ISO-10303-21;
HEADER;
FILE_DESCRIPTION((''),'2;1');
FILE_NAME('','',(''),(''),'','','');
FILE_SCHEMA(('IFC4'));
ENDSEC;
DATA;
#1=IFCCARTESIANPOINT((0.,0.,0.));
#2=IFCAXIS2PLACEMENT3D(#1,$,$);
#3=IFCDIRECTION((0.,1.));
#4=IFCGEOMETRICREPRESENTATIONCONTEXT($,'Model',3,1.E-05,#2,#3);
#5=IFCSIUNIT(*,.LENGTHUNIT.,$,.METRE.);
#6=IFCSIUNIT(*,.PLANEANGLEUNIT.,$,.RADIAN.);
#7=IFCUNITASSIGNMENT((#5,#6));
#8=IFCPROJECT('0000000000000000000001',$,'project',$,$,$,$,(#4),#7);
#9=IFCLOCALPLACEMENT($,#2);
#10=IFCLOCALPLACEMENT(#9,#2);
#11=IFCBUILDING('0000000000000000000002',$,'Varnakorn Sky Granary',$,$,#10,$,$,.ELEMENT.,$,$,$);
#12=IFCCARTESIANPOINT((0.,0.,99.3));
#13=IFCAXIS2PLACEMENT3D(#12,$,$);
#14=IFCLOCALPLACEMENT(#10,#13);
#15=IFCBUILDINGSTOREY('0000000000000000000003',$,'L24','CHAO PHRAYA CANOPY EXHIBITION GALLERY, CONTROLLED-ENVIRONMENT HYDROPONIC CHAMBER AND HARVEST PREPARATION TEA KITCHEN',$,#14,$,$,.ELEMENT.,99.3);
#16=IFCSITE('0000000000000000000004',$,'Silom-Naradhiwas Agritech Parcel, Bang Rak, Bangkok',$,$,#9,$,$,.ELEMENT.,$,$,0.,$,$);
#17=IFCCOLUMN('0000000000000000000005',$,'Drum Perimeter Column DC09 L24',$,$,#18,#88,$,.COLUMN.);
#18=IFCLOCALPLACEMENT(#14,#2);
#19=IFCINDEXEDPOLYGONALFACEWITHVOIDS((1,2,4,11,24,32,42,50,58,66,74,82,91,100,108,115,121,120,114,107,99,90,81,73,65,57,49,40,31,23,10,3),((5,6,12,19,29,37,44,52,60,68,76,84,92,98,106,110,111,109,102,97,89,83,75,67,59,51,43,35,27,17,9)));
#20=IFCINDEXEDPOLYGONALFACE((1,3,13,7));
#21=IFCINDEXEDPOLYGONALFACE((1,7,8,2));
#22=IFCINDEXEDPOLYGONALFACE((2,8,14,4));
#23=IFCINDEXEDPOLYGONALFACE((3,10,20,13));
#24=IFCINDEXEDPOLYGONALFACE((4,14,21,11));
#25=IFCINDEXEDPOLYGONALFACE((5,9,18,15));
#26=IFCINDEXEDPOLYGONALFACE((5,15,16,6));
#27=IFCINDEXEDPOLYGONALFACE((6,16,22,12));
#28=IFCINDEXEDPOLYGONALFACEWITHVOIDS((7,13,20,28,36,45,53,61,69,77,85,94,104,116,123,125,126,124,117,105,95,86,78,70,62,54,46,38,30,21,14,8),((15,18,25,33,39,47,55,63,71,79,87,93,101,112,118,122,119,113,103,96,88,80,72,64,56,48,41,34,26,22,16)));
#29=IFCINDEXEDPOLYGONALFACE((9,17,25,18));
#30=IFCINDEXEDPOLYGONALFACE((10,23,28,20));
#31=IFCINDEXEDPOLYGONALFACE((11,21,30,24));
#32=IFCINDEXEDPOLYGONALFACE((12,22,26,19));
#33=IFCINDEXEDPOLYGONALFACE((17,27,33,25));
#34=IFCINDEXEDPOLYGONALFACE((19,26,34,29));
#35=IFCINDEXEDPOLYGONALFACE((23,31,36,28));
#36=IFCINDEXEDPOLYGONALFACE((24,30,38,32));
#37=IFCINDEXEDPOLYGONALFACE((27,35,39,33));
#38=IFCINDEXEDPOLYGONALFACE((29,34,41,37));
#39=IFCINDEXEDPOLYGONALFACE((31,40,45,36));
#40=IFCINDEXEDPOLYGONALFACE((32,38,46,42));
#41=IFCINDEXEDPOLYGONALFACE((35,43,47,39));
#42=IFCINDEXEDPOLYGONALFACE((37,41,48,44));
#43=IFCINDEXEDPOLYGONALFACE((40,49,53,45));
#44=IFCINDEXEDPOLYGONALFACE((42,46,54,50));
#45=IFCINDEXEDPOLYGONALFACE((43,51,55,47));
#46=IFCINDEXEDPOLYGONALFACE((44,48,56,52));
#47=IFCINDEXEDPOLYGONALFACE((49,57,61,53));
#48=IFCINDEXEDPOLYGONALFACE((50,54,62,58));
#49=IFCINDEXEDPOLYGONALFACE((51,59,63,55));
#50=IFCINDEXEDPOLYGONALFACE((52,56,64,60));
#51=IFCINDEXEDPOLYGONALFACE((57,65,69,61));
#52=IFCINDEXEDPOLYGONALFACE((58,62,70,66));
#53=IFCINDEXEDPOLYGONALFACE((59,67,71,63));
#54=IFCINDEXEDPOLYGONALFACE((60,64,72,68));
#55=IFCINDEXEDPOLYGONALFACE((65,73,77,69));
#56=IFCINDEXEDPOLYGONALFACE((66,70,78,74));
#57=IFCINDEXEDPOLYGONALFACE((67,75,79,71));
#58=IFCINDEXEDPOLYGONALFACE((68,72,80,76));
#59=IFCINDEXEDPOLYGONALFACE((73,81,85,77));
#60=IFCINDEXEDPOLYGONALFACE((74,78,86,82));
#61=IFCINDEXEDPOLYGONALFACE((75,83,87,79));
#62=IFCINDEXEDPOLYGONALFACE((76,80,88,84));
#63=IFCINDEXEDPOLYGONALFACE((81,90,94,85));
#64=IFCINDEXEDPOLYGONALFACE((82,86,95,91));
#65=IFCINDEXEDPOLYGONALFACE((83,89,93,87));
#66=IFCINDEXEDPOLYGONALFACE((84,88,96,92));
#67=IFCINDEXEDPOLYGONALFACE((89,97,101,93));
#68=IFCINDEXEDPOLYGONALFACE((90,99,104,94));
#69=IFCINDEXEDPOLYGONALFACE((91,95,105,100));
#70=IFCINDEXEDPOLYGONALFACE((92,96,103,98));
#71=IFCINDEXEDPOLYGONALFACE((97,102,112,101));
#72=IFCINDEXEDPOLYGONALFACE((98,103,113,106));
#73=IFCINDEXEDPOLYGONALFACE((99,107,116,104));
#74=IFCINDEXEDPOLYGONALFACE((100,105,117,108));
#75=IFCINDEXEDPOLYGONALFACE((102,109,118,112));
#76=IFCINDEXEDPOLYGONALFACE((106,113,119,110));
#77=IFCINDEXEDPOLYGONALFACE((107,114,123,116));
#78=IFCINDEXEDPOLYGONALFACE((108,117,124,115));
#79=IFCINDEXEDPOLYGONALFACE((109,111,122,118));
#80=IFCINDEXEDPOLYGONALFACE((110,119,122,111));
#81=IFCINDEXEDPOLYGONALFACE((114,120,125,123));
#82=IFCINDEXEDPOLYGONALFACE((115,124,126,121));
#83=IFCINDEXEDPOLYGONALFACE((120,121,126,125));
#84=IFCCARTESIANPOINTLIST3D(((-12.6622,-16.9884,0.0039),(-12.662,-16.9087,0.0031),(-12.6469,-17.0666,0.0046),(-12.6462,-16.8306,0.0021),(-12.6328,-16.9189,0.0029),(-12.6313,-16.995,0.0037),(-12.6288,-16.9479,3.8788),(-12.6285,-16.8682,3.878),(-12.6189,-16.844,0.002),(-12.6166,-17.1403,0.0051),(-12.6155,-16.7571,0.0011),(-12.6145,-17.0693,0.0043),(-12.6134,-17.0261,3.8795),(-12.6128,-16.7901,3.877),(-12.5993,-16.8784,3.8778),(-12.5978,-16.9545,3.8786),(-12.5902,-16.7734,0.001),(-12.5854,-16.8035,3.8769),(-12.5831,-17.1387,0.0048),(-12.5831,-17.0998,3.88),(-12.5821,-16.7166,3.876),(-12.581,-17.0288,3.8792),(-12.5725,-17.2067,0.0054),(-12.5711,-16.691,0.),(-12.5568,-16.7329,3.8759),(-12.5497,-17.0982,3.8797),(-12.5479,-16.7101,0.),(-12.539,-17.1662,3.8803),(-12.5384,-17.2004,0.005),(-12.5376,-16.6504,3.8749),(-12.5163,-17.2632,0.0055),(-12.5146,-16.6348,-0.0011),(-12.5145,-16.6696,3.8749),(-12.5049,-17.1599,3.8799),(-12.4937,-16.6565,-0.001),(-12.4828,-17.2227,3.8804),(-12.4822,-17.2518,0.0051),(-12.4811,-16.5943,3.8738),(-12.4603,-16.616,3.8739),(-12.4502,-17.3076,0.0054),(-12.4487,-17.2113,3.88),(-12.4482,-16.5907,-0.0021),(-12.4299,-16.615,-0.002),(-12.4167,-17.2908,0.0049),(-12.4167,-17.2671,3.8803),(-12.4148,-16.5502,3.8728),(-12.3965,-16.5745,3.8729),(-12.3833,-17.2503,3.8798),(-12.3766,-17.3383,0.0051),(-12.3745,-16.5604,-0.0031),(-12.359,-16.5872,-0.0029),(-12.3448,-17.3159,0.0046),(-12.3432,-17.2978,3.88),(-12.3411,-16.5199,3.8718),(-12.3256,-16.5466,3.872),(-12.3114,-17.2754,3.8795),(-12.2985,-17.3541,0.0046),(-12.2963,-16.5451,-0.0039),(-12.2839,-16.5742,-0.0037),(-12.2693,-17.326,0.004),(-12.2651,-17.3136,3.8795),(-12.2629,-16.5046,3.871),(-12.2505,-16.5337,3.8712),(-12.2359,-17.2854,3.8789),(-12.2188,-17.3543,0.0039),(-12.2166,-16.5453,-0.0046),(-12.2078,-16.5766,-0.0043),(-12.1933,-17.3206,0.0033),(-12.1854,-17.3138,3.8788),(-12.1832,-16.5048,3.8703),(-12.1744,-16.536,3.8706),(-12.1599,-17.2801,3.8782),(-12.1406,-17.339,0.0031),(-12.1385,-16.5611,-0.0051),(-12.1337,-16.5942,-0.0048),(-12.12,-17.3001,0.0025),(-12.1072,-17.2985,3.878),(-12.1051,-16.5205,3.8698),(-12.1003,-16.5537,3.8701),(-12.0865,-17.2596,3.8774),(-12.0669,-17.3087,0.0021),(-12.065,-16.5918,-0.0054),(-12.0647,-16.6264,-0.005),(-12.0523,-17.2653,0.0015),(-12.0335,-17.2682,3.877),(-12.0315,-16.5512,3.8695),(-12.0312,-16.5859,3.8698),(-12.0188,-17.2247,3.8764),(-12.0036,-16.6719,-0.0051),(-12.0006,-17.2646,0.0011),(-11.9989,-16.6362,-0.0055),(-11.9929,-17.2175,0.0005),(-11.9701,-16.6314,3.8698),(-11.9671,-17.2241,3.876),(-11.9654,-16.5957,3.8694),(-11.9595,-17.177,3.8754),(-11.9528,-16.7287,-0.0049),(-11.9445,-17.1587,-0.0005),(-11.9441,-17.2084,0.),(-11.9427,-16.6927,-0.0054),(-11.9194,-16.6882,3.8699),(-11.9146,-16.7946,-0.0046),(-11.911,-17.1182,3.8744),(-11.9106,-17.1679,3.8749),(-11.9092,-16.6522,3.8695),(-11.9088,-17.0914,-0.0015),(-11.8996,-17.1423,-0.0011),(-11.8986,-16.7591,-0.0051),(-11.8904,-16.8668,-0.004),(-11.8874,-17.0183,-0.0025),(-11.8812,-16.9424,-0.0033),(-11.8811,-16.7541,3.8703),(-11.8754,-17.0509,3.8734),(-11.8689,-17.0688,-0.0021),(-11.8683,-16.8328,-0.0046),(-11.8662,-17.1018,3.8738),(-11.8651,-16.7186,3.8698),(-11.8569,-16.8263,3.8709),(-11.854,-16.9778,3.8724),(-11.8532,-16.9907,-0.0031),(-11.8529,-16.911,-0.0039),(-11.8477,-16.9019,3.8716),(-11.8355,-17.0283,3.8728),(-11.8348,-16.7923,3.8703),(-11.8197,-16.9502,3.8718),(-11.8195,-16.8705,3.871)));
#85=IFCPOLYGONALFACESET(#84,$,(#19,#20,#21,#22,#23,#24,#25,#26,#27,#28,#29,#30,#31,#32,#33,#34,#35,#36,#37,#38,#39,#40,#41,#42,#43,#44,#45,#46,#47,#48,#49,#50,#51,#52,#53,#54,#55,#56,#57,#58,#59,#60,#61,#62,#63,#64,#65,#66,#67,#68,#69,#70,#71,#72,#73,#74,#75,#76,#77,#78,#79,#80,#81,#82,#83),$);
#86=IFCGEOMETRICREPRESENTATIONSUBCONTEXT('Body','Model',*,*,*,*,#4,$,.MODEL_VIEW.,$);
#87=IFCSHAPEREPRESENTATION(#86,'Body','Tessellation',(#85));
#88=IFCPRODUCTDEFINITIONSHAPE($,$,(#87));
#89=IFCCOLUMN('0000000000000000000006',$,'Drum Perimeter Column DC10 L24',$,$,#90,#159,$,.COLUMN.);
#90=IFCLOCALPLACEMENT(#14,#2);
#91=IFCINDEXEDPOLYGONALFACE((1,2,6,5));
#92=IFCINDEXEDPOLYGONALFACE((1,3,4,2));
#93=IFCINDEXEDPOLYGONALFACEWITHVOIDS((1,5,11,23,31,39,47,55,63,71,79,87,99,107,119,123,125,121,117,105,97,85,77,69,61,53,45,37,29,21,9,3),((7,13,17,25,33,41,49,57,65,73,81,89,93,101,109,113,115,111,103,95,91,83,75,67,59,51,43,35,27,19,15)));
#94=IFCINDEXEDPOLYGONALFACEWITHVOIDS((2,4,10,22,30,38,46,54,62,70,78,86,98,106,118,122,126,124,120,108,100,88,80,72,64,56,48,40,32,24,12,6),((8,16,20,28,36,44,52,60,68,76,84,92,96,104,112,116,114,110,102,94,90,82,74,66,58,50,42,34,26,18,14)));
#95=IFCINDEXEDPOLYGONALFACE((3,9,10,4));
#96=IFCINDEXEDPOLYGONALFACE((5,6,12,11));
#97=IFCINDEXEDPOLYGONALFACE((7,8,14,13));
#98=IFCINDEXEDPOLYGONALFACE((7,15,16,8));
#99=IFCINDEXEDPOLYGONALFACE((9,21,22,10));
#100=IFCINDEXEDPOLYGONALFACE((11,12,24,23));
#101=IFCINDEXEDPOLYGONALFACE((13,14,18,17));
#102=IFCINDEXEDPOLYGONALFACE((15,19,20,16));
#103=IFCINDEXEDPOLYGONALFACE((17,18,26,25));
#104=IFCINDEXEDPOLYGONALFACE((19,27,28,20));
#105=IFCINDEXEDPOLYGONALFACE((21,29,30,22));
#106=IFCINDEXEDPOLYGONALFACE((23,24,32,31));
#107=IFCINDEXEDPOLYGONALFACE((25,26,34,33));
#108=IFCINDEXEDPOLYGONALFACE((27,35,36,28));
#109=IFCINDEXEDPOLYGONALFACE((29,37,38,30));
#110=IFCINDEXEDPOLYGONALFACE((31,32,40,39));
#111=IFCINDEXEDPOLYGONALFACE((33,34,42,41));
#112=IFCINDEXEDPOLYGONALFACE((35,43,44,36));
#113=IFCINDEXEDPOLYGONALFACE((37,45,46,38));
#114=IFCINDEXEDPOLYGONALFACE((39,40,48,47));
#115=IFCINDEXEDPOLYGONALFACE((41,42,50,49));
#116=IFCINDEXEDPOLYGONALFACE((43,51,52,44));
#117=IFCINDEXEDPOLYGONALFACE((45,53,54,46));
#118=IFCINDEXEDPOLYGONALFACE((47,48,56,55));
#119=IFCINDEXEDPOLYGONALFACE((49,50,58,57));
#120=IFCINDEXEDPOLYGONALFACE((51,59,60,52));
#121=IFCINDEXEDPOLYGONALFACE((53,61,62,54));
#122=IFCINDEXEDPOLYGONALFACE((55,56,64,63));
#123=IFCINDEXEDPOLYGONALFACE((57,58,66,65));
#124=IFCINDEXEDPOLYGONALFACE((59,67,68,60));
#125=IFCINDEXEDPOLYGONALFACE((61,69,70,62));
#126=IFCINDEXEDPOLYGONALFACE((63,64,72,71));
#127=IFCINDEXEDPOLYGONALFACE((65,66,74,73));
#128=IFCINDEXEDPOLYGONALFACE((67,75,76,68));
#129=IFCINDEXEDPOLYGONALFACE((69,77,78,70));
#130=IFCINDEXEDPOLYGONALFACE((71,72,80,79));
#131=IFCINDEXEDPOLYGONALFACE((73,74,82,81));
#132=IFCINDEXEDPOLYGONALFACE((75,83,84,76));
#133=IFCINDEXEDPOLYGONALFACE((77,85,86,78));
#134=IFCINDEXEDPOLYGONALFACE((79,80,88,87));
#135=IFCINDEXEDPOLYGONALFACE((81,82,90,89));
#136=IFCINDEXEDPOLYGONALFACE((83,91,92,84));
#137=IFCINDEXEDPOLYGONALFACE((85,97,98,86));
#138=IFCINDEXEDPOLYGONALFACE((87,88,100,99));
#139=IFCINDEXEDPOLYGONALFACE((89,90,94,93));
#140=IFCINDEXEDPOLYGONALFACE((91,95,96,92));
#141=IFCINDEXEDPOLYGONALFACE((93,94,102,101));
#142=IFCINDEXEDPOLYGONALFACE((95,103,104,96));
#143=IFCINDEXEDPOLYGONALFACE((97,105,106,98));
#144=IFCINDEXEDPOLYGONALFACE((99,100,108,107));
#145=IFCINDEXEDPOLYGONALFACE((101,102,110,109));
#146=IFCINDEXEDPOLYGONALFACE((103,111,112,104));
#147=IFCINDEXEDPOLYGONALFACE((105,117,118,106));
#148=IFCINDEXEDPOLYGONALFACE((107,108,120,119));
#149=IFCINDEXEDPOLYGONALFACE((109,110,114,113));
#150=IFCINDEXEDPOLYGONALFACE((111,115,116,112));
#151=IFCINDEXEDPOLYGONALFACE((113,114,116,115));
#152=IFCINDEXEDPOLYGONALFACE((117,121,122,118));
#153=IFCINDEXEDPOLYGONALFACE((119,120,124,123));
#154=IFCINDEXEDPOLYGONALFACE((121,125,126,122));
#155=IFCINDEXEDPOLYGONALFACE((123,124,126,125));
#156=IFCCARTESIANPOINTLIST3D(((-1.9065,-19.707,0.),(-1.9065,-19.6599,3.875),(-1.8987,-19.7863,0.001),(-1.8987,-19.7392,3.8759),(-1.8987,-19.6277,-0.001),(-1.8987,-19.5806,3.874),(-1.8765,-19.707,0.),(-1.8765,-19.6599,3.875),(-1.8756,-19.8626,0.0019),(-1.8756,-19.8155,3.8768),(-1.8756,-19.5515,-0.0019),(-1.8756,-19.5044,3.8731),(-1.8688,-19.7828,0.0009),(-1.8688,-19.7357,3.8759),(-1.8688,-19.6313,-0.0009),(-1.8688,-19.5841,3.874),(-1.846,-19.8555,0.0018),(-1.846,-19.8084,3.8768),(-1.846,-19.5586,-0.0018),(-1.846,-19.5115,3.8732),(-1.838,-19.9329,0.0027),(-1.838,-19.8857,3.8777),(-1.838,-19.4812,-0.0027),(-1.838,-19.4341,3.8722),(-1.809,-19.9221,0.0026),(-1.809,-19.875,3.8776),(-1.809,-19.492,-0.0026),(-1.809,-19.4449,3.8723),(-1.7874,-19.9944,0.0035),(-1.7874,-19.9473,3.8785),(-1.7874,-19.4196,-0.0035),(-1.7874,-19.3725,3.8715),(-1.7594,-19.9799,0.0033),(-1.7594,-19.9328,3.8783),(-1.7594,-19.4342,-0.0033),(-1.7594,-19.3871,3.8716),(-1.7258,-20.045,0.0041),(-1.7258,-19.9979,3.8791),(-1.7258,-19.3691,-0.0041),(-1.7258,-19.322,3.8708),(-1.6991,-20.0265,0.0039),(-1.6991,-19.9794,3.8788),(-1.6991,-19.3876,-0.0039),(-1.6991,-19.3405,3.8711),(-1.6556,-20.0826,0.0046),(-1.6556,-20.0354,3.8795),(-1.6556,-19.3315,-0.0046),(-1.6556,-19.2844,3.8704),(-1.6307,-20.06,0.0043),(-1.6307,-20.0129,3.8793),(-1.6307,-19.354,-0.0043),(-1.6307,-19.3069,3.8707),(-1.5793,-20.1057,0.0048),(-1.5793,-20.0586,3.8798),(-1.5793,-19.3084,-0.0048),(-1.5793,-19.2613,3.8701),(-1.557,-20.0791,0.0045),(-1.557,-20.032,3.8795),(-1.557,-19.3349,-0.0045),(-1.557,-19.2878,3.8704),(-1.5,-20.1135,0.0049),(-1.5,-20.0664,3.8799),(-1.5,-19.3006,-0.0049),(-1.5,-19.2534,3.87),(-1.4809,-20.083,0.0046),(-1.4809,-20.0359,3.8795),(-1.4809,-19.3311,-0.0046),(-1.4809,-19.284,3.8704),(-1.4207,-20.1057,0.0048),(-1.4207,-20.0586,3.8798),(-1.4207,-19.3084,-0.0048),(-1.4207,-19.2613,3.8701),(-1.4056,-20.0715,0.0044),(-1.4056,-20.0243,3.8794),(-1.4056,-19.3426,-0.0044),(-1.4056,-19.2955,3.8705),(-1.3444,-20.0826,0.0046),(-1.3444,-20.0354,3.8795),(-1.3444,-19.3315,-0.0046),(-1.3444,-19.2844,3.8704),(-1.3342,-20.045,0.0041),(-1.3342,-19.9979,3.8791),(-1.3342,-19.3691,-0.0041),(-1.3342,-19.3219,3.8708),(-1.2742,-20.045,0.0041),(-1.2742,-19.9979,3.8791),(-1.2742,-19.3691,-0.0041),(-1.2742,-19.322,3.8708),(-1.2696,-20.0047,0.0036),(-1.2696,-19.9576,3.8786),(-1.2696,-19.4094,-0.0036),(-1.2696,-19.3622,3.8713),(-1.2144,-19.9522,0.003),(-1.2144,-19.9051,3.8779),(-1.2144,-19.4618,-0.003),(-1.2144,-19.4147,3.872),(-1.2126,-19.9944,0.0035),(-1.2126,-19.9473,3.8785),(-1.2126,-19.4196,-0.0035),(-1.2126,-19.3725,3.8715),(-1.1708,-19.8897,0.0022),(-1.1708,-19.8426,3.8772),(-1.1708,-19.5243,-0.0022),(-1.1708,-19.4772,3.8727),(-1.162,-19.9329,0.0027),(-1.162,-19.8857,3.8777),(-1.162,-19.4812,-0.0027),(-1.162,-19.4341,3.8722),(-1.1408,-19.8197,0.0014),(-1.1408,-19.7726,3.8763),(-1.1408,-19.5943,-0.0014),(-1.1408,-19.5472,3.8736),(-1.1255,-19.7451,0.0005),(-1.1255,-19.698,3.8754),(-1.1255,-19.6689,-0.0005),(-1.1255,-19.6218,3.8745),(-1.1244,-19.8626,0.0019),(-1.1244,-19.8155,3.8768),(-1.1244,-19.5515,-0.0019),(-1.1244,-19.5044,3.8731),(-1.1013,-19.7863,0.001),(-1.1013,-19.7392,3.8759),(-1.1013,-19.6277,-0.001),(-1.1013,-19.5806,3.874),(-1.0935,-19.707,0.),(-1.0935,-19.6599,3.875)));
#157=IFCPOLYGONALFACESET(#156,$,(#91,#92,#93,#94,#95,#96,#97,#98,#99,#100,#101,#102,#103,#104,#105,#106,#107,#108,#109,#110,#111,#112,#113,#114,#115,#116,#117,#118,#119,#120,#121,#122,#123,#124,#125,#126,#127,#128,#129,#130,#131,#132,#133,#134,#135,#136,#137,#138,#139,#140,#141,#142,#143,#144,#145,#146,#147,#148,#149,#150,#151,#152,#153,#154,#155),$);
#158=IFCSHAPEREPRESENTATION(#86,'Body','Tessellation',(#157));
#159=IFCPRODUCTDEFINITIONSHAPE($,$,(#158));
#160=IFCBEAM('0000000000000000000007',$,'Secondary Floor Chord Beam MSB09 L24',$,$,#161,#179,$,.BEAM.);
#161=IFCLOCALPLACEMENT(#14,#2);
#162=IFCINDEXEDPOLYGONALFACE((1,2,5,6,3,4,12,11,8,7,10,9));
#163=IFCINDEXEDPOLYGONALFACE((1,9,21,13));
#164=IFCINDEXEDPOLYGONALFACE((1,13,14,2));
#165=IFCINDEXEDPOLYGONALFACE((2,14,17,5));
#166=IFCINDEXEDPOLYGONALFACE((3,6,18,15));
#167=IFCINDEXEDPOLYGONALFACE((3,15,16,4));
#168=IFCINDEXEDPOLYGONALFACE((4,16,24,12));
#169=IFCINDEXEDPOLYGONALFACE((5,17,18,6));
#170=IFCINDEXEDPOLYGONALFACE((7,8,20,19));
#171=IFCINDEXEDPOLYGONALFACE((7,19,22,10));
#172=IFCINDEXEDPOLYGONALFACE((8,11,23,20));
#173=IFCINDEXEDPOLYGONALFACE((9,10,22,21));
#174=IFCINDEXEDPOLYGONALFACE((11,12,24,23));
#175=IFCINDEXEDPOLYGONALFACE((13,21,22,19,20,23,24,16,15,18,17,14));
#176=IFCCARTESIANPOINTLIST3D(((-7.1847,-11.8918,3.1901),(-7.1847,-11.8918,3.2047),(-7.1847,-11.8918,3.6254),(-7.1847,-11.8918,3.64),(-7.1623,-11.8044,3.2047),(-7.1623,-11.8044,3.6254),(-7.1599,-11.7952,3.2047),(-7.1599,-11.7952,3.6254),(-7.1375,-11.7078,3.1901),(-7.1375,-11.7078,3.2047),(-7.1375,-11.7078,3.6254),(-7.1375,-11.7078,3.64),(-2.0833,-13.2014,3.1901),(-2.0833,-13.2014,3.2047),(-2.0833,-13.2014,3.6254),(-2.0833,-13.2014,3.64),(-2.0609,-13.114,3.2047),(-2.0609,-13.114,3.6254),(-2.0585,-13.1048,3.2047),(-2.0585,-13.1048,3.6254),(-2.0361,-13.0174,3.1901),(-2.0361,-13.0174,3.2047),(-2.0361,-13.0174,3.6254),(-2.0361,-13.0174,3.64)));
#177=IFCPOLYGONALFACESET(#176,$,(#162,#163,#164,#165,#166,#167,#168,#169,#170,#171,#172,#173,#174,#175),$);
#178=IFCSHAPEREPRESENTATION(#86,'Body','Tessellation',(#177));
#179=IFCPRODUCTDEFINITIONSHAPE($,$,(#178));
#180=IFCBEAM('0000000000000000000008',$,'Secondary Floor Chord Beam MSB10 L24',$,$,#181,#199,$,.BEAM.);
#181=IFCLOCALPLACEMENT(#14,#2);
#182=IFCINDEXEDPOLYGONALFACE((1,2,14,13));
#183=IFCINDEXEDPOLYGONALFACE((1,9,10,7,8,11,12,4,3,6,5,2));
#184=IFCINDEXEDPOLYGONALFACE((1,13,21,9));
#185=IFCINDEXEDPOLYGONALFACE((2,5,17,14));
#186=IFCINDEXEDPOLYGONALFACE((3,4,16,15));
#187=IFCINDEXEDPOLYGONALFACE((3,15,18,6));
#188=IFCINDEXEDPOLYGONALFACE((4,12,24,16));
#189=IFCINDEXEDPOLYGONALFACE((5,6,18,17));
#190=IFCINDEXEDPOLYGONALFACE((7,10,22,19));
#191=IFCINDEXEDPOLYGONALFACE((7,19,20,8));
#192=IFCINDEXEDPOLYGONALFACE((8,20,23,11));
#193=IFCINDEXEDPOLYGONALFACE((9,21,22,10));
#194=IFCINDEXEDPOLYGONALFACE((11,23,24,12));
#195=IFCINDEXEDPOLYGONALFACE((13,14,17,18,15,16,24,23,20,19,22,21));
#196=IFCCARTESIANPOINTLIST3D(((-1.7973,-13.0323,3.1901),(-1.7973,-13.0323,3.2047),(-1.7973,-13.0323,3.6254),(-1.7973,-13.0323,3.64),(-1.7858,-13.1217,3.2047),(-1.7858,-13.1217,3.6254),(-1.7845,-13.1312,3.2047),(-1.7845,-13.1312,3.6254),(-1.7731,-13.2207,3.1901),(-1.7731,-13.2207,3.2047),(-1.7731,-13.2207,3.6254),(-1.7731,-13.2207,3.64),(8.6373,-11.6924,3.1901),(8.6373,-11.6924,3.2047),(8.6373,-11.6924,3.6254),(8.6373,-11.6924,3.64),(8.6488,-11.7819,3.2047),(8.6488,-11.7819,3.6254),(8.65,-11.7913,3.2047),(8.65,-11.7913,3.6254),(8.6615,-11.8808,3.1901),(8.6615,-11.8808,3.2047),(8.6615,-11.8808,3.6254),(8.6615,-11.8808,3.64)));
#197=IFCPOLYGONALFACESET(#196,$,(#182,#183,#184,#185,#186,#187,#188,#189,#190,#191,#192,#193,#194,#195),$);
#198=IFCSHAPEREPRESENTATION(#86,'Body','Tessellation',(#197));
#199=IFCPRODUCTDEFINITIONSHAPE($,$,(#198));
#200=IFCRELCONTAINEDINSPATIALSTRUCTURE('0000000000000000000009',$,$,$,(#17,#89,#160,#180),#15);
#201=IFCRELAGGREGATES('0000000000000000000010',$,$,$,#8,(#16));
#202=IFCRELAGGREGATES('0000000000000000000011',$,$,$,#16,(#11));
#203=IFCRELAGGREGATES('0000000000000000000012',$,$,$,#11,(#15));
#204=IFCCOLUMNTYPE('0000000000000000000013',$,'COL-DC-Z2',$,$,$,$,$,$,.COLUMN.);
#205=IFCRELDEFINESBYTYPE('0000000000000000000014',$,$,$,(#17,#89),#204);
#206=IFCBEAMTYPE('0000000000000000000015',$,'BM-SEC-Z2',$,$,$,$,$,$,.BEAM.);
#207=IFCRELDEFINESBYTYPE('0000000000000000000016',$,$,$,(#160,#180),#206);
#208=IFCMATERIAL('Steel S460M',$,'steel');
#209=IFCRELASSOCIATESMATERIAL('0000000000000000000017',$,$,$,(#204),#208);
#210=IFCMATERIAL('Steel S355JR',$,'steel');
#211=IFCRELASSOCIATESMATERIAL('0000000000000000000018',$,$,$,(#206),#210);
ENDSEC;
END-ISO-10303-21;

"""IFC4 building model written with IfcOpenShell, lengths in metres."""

from ifc_helpers import new_model, si_unit, direction, frame, origin, origin_2d, place, context, subcontext, project, spatial, hollow_circle, i_section, extrude, material, material_profile, profile_set, type_object, element, save


model = new_model("IFC4")

# Units and contexts
model_context = context("Model", 3, precision=1e-05, world=origin(), true_north=direction((0.0, 1.0)))
body_context = subcontext(model_context, "Body", "Model", "MODEL_VIEW")
ifc_project = project(units=[si_unit("LENGTHUNIT", "METRE"), si_unit("PLANEANGLEUNIT", "RADIAN")], contexts=[model_context])

# Site, building, storey
site_placement = place(None, origin())
site = spatial("IfcSite", under=ifc_project, at=site_placement, Name="Silom-Naradhiwas Agritech Parcel, Bang Rak, Bangkok", CompositionType="ELEMENT", RefElevation=0.0)
building_placement = place(site_placement, origin())
building = spatial("IfcBuilding", under=site, at=building_placement, Name="Varnakorn Sky Granary", CompositionType="ELEMENT")
storey_placement = place(building_placement, frame((0.0, 0.0, 99.3)))
storey = spatial("IfcBuildingStorey", under=building, at=storey_placement, Name="L24", Description="CHAO PHRAYA CANOPY EXHIBITION GALLERY, CONTROLLED-ENVIRONMENT HYDROPONIC CHAMBER AND HARVEST PREPARATION TEA KITCHEN", CompositionType="ELEMENT", Elevation=99.3)

# Columns
ifc_material_1 = material(Name="Steel S460M", Category="steel")
ifc_material_profile_1 = material_profile(ifc_material_1, hollow_circle(Radius=0.4065, WallThickness=0.03, at=origin_2d()), Name="CHS 813x30")
ifc_profile_set_1 = profile_set([ifc_material_profile_1], Name="Steel S460M")
column_type = type_object("IfcColumnType", Name="COL-DC-Z2", PredefinedType="COLUMN", material=ifc_profile_set_1)
for number, where, z_axis, x_axis, name in (
    (1, (-12.2576, -16.9497, 0.0), (0.008631, 0.010458, 0.999908), (-0.771259, 0.636521, 0.0), "Drum Perimeter Column DC09 L24"),
    (2, (-1.5, -19.707, 0.0), (0.0, 0.012159, 0.999926), (-1.0, 0.0, 0.0), "Drum Perimeter Column DC10 L24"),
):
    element("IfcColumn", number, at=place(storey_placement, frame(where, z_axis=z_axis, x_axis=x_axis)), inside=storey, type_object=column_type, Name=name, PredefinedType="COLUMN", context=body_context, shape_type="SweptSolid", body=[
        extrude(hollow_circle(Radius=0.4065, WallThickness=0.03, at=origin_2d()), origin(), (0.0, 0.0, 1.0), 3.8752),
    ])

# Beams
ifc_material_2 = material(Name="Steel S355JR", Category="steel")
ifc_material_profile_2 = material_profile(ifc_material_2, i_section(OverallWidth=0.1899, OverallDepth=0.45, WebThickness=0.0095, FlangeThickness=0.0146, at=origin_2d()), Name="IPE 450")
ifc_profile_set_2 = profile_set([ifc_material_profile_2], Name="Steel S355JR")
beam_type_1 = type_object("IfcBeamType", Name="BM-SEC-Z2", PredefinedType="BEAM", material=ifc_profile_set_2)
beam_1_placement = place(storey_placement, frame((-7.1611, -11.7998, 3.415), z_axis=(0.968593, -0.24865, 0.0), x_axis=(0.24865, 0.968593, 0.0)))
element("IfcBeam", 3, at=beam_1_placement, inside=storey, type_object=beam_type_1, Name="Secondary Floor Chord Beam MSB09 L24", PredefinedType="BEAM", context=body_context, shape_type="SweptSolid", body=[
    extrude(i_section(OverallWidth=0.1899, OverallDepth=0.45, WebThickness=0.0095, FlangeThickness=0.0146, at=origin_2d()), origin(), (0.0, 0.0, 1.0), 5.2668),
])
beam_2_placement = place(storey_placement, frame((-1.7852, -13.1265, 3.415), z_axis=(0.991857, 0.127359, 0.0), x_axis=(-0.127359, 0.991857, 0.0)))
element("IfcBeam", 4, at=beam_2_placement, inside=storey, type_object=beam_type_1, Name="Secondary Floor Chord Beam MSB10 L24", PredefinedType="BEAM", context=body_context, shape_type="SweptSolid", body=[
    extrude(i_section(OverallWidth=0.1899, OverallDepth=0.45, WebThickness=0.0095, FlangeThickness=0.0146, at=origin_2d()), origin(), (0.0, 0.0, 1.0), 10.5203),
])

save(model, "model.ifc")
